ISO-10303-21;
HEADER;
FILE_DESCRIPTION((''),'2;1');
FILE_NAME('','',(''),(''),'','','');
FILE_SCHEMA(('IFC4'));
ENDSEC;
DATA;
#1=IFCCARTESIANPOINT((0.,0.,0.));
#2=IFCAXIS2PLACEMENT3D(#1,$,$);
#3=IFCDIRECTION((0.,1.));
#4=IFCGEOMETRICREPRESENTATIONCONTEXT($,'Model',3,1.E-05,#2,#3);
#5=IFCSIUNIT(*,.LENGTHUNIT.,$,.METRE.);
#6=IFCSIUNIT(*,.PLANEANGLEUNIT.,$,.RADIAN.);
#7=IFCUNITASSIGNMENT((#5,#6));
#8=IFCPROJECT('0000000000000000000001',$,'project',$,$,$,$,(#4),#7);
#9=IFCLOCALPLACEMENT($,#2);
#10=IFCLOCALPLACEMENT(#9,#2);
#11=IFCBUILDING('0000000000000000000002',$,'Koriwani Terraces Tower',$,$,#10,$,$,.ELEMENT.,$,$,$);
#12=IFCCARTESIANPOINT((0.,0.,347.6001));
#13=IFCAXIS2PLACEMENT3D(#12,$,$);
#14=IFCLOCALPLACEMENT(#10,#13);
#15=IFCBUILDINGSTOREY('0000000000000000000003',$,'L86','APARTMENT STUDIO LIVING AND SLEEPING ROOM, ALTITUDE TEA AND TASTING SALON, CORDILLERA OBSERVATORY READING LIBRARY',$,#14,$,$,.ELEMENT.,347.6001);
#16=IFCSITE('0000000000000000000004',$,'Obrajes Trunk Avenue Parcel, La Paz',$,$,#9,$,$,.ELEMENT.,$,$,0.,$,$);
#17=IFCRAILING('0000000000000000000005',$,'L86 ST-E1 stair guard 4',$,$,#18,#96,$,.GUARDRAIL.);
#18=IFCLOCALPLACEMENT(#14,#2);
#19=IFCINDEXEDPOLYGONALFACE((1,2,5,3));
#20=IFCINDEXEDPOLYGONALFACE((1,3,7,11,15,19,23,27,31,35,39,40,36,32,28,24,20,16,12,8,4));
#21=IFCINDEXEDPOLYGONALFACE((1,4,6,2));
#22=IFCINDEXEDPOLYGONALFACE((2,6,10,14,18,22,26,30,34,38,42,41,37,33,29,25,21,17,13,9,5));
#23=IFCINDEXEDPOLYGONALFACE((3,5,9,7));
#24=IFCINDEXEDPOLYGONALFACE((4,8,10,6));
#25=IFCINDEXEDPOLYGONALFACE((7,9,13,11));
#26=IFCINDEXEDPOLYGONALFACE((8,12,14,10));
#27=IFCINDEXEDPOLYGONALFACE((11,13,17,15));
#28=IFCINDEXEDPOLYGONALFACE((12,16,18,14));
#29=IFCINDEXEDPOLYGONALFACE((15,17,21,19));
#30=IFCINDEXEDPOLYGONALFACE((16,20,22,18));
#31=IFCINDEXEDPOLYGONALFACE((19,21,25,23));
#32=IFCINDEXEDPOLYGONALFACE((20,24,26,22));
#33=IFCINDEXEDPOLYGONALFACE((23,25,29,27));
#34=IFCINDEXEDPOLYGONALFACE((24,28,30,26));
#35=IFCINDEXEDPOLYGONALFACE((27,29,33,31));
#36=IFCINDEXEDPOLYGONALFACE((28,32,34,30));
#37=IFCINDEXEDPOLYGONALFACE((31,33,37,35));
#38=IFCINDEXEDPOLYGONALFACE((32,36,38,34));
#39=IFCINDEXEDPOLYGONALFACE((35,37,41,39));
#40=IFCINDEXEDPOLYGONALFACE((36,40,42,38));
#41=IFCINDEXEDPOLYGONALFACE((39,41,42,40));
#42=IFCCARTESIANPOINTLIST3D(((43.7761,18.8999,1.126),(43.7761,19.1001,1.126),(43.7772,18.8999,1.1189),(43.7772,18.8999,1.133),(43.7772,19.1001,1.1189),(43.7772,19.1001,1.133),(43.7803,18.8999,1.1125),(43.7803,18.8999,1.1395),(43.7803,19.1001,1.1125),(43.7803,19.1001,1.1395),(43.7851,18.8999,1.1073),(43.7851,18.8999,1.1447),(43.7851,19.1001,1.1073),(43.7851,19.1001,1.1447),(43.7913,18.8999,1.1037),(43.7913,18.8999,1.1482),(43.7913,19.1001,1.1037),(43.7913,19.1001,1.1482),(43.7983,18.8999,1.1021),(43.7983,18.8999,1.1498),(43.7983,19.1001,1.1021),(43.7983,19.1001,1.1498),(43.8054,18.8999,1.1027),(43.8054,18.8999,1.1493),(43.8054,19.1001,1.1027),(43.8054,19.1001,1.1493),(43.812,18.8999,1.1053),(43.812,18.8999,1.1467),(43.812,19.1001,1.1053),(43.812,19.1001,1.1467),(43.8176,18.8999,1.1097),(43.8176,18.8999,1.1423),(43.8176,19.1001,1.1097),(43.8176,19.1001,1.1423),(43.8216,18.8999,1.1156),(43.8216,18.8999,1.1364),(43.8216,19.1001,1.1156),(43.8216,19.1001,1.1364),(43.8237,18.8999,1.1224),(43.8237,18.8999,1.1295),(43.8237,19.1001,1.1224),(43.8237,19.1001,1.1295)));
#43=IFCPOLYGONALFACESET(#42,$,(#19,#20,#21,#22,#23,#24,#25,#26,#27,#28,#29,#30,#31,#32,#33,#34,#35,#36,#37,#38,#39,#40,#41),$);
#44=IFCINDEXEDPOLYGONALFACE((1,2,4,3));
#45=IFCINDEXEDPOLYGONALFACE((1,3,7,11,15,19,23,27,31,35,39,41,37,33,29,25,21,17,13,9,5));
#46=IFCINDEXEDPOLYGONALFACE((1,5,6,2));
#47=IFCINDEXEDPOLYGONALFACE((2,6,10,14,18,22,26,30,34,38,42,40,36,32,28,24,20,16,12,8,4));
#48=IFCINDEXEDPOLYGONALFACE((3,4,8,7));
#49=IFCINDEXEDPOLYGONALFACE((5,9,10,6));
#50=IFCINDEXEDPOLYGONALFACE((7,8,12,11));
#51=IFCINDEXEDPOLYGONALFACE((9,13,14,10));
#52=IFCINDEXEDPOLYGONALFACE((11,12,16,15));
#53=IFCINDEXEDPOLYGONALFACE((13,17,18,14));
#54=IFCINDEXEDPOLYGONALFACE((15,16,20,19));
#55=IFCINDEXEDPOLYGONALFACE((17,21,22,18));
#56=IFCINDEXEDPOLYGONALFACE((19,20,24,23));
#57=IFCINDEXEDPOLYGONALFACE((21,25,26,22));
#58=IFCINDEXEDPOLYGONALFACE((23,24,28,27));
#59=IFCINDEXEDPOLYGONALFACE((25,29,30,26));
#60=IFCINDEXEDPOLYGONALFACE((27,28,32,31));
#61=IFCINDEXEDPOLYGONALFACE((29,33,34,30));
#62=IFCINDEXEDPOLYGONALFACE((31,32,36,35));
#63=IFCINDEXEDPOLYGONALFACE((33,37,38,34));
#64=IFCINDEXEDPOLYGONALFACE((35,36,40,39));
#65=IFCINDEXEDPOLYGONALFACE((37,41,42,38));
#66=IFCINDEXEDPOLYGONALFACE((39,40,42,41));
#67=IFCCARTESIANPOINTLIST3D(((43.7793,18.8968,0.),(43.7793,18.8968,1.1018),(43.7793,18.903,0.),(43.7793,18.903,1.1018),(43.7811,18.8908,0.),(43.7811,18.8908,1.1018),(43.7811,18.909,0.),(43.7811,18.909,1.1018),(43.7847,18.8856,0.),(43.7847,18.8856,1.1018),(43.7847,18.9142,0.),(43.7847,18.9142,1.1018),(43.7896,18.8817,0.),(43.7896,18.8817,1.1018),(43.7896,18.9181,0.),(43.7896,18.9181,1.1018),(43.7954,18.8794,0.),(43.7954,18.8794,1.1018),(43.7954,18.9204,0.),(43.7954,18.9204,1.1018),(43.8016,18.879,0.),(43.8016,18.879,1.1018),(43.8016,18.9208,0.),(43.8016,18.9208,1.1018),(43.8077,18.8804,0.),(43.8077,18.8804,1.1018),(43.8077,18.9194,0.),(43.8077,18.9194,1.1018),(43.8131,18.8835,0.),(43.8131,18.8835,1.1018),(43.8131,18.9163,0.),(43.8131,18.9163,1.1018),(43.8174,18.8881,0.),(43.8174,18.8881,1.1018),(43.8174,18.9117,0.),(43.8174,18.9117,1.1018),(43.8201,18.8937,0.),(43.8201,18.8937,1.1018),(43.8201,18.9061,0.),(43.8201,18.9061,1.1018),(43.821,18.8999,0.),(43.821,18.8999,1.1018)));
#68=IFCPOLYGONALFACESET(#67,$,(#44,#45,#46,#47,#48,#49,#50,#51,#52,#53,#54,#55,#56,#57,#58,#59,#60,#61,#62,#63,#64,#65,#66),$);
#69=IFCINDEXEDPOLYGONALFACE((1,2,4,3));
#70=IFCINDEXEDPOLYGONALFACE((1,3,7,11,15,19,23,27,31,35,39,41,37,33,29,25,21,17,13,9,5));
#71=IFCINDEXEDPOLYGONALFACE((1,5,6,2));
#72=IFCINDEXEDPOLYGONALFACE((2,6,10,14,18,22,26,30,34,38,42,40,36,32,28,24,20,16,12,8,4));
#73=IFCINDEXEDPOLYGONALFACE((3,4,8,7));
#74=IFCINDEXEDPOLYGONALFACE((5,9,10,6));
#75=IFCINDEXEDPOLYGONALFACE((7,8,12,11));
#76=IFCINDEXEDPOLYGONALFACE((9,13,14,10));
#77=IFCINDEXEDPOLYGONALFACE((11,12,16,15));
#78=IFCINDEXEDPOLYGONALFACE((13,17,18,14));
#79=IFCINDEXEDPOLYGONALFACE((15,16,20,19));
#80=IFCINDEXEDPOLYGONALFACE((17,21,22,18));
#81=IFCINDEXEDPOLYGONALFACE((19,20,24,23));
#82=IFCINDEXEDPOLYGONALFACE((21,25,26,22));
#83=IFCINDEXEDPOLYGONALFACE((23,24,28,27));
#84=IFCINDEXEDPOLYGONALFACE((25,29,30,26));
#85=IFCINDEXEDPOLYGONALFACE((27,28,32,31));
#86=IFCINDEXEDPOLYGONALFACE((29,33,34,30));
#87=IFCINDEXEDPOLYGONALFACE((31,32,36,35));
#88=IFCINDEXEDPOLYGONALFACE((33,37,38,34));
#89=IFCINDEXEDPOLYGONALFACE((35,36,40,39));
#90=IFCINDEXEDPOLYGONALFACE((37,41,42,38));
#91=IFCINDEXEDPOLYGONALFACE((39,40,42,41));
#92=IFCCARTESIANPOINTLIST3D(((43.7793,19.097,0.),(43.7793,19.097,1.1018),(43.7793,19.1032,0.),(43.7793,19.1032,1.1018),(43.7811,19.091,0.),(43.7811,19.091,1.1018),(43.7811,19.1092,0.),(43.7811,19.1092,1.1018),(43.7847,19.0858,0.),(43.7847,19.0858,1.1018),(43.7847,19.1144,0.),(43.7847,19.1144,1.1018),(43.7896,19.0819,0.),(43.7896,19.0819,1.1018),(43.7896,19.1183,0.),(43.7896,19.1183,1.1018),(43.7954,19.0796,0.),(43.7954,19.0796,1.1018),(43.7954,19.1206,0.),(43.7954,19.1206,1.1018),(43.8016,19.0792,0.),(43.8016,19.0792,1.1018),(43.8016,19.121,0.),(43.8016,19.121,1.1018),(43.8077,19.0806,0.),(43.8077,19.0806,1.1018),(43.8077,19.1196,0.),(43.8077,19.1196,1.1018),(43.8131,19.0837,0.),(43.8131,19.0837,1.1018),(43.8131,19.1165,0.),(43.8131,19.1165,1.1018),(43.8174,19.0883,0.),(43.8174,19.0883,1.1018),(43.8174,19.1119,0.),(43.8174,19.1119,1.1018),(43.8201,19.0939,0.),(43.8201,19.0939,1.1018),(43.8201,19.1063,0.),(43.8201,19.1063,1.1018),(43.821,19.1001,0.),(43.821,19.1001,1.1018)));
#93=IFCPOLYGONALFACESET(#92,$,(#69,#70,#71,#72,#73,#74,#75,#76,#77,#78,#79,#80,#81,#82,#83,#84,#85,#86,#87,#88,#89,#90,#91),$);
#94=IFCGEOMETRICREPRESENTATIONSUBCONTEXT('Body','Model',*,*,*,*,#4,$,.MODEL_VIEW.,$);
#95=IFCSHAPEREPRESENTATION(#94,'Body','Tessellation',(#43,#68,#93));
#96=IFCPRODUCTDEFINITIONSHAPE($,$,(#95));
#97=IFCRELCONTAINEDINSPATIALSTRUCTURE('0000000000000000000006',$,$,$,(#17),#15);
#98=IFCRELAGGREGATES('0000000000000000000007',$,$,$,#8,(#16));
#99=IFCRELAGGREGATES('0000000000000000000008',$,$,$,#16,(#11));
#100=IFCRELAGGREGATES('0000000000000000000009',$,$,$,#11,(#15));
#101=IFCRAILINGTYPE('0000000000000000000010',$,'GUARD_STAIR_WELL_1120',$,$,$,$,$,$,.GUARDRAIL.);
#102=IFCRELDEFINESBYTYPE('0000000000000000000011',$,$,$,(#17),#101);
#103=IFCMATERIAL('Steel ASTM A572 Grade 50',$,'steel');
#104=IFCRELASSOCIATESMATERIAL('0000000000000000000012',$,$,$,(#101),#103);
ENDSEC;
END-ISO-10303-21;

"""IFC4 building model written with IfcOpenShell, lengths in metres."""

from ifc_helpers import new_model, si_unit, direction, frame, origin, origin_2d, place, context, subcontext, project, spatial, circle, extrude, material, type_object, element, save


model = new_model("IFC4")

# Units and contexts
model_context = context("Model", 3, precision=1e-05, world=origin(), true_north=direction((0.0, 1.0)))
body_context = subcontext(model_context, "Body", "Model", "MODEL_VIEW")
ifc_project = project(units=[si_unit("LENGTHUNIT", "METRE"), si_unit("PLANEANGLEUNIT", "RADIAN")], contexts=[model_context])

# Site, building, storey
site_placement = place(None, origin())
site = spatial("IfcSite", under=ifc_project, at=site_placement, Name="Obrajes Trunk Avenue Parcel, La Paz", CompositionType="ELEMENT", RefElevation=0.0)
building_placement = place(site_placement, origin())
building = spatial("IfcBuilding", under=site, at=building_placement, Name="Koriwani Terraces Tower", CompositionType="ELEMENT")
storey_placement = place(building_placement, frame((0.0, 0.0, 347.6001)))
storey = spatial("IfcBuildingStorey", under=building, at=storey_placement, Name="L86", Description="APARTMENT STUDIO LIVING AND SLEEPING ROOM, ALTITUDE TEA AND TASTING SALON, CORDILLERA OBSERVATORY READING LIBRARY", CompositionType="ELEMENT", Elevation=347.6001)

# Shared definitions
ifc_material_1 = material(Name="Steel ASTM A572 Grade 50", Category="steel")

# Railing
railing_type_1 = type_object("IfcRailingType", Name="GUARD_STAIR_WELL_1120", PredefinedType="GUARDRAIL", material=ifc_material_1)
railing_1_placement = place(storey_placement, frame((43.8, 18.8999, 0.0)))
element("IfcRailing", 1, at=railing_1_placement, inside=storey, type_object=railing_type_1, Name="L86 ST-E1 stair guard 4", PredefinedType="GUARDRAIL", context=body_context, shape_type="SweptSolid", body=[
    extrude(circle(Radius=0.0239, at=origin_2d()), frame((0.0, 0.0, 1.126), z_axis=(0.0, 1.0, 0.0), x_axis=(-1.0, 0.0, 0.0)), (0.0, 0.0, 1.0), 0.2002),
    extrude(circle(Radius=0.021, at=origin_2d()), origin(), (0.0, 0.0, 1.0), 1.1018),
    extrude(circle(Radius=0.021, at=origin_2d()), frame((0.0, 0.2002, 0.0)), (0.0, 0.0, 1.0), 1.1018),
])

save(model, "model.ifc")
